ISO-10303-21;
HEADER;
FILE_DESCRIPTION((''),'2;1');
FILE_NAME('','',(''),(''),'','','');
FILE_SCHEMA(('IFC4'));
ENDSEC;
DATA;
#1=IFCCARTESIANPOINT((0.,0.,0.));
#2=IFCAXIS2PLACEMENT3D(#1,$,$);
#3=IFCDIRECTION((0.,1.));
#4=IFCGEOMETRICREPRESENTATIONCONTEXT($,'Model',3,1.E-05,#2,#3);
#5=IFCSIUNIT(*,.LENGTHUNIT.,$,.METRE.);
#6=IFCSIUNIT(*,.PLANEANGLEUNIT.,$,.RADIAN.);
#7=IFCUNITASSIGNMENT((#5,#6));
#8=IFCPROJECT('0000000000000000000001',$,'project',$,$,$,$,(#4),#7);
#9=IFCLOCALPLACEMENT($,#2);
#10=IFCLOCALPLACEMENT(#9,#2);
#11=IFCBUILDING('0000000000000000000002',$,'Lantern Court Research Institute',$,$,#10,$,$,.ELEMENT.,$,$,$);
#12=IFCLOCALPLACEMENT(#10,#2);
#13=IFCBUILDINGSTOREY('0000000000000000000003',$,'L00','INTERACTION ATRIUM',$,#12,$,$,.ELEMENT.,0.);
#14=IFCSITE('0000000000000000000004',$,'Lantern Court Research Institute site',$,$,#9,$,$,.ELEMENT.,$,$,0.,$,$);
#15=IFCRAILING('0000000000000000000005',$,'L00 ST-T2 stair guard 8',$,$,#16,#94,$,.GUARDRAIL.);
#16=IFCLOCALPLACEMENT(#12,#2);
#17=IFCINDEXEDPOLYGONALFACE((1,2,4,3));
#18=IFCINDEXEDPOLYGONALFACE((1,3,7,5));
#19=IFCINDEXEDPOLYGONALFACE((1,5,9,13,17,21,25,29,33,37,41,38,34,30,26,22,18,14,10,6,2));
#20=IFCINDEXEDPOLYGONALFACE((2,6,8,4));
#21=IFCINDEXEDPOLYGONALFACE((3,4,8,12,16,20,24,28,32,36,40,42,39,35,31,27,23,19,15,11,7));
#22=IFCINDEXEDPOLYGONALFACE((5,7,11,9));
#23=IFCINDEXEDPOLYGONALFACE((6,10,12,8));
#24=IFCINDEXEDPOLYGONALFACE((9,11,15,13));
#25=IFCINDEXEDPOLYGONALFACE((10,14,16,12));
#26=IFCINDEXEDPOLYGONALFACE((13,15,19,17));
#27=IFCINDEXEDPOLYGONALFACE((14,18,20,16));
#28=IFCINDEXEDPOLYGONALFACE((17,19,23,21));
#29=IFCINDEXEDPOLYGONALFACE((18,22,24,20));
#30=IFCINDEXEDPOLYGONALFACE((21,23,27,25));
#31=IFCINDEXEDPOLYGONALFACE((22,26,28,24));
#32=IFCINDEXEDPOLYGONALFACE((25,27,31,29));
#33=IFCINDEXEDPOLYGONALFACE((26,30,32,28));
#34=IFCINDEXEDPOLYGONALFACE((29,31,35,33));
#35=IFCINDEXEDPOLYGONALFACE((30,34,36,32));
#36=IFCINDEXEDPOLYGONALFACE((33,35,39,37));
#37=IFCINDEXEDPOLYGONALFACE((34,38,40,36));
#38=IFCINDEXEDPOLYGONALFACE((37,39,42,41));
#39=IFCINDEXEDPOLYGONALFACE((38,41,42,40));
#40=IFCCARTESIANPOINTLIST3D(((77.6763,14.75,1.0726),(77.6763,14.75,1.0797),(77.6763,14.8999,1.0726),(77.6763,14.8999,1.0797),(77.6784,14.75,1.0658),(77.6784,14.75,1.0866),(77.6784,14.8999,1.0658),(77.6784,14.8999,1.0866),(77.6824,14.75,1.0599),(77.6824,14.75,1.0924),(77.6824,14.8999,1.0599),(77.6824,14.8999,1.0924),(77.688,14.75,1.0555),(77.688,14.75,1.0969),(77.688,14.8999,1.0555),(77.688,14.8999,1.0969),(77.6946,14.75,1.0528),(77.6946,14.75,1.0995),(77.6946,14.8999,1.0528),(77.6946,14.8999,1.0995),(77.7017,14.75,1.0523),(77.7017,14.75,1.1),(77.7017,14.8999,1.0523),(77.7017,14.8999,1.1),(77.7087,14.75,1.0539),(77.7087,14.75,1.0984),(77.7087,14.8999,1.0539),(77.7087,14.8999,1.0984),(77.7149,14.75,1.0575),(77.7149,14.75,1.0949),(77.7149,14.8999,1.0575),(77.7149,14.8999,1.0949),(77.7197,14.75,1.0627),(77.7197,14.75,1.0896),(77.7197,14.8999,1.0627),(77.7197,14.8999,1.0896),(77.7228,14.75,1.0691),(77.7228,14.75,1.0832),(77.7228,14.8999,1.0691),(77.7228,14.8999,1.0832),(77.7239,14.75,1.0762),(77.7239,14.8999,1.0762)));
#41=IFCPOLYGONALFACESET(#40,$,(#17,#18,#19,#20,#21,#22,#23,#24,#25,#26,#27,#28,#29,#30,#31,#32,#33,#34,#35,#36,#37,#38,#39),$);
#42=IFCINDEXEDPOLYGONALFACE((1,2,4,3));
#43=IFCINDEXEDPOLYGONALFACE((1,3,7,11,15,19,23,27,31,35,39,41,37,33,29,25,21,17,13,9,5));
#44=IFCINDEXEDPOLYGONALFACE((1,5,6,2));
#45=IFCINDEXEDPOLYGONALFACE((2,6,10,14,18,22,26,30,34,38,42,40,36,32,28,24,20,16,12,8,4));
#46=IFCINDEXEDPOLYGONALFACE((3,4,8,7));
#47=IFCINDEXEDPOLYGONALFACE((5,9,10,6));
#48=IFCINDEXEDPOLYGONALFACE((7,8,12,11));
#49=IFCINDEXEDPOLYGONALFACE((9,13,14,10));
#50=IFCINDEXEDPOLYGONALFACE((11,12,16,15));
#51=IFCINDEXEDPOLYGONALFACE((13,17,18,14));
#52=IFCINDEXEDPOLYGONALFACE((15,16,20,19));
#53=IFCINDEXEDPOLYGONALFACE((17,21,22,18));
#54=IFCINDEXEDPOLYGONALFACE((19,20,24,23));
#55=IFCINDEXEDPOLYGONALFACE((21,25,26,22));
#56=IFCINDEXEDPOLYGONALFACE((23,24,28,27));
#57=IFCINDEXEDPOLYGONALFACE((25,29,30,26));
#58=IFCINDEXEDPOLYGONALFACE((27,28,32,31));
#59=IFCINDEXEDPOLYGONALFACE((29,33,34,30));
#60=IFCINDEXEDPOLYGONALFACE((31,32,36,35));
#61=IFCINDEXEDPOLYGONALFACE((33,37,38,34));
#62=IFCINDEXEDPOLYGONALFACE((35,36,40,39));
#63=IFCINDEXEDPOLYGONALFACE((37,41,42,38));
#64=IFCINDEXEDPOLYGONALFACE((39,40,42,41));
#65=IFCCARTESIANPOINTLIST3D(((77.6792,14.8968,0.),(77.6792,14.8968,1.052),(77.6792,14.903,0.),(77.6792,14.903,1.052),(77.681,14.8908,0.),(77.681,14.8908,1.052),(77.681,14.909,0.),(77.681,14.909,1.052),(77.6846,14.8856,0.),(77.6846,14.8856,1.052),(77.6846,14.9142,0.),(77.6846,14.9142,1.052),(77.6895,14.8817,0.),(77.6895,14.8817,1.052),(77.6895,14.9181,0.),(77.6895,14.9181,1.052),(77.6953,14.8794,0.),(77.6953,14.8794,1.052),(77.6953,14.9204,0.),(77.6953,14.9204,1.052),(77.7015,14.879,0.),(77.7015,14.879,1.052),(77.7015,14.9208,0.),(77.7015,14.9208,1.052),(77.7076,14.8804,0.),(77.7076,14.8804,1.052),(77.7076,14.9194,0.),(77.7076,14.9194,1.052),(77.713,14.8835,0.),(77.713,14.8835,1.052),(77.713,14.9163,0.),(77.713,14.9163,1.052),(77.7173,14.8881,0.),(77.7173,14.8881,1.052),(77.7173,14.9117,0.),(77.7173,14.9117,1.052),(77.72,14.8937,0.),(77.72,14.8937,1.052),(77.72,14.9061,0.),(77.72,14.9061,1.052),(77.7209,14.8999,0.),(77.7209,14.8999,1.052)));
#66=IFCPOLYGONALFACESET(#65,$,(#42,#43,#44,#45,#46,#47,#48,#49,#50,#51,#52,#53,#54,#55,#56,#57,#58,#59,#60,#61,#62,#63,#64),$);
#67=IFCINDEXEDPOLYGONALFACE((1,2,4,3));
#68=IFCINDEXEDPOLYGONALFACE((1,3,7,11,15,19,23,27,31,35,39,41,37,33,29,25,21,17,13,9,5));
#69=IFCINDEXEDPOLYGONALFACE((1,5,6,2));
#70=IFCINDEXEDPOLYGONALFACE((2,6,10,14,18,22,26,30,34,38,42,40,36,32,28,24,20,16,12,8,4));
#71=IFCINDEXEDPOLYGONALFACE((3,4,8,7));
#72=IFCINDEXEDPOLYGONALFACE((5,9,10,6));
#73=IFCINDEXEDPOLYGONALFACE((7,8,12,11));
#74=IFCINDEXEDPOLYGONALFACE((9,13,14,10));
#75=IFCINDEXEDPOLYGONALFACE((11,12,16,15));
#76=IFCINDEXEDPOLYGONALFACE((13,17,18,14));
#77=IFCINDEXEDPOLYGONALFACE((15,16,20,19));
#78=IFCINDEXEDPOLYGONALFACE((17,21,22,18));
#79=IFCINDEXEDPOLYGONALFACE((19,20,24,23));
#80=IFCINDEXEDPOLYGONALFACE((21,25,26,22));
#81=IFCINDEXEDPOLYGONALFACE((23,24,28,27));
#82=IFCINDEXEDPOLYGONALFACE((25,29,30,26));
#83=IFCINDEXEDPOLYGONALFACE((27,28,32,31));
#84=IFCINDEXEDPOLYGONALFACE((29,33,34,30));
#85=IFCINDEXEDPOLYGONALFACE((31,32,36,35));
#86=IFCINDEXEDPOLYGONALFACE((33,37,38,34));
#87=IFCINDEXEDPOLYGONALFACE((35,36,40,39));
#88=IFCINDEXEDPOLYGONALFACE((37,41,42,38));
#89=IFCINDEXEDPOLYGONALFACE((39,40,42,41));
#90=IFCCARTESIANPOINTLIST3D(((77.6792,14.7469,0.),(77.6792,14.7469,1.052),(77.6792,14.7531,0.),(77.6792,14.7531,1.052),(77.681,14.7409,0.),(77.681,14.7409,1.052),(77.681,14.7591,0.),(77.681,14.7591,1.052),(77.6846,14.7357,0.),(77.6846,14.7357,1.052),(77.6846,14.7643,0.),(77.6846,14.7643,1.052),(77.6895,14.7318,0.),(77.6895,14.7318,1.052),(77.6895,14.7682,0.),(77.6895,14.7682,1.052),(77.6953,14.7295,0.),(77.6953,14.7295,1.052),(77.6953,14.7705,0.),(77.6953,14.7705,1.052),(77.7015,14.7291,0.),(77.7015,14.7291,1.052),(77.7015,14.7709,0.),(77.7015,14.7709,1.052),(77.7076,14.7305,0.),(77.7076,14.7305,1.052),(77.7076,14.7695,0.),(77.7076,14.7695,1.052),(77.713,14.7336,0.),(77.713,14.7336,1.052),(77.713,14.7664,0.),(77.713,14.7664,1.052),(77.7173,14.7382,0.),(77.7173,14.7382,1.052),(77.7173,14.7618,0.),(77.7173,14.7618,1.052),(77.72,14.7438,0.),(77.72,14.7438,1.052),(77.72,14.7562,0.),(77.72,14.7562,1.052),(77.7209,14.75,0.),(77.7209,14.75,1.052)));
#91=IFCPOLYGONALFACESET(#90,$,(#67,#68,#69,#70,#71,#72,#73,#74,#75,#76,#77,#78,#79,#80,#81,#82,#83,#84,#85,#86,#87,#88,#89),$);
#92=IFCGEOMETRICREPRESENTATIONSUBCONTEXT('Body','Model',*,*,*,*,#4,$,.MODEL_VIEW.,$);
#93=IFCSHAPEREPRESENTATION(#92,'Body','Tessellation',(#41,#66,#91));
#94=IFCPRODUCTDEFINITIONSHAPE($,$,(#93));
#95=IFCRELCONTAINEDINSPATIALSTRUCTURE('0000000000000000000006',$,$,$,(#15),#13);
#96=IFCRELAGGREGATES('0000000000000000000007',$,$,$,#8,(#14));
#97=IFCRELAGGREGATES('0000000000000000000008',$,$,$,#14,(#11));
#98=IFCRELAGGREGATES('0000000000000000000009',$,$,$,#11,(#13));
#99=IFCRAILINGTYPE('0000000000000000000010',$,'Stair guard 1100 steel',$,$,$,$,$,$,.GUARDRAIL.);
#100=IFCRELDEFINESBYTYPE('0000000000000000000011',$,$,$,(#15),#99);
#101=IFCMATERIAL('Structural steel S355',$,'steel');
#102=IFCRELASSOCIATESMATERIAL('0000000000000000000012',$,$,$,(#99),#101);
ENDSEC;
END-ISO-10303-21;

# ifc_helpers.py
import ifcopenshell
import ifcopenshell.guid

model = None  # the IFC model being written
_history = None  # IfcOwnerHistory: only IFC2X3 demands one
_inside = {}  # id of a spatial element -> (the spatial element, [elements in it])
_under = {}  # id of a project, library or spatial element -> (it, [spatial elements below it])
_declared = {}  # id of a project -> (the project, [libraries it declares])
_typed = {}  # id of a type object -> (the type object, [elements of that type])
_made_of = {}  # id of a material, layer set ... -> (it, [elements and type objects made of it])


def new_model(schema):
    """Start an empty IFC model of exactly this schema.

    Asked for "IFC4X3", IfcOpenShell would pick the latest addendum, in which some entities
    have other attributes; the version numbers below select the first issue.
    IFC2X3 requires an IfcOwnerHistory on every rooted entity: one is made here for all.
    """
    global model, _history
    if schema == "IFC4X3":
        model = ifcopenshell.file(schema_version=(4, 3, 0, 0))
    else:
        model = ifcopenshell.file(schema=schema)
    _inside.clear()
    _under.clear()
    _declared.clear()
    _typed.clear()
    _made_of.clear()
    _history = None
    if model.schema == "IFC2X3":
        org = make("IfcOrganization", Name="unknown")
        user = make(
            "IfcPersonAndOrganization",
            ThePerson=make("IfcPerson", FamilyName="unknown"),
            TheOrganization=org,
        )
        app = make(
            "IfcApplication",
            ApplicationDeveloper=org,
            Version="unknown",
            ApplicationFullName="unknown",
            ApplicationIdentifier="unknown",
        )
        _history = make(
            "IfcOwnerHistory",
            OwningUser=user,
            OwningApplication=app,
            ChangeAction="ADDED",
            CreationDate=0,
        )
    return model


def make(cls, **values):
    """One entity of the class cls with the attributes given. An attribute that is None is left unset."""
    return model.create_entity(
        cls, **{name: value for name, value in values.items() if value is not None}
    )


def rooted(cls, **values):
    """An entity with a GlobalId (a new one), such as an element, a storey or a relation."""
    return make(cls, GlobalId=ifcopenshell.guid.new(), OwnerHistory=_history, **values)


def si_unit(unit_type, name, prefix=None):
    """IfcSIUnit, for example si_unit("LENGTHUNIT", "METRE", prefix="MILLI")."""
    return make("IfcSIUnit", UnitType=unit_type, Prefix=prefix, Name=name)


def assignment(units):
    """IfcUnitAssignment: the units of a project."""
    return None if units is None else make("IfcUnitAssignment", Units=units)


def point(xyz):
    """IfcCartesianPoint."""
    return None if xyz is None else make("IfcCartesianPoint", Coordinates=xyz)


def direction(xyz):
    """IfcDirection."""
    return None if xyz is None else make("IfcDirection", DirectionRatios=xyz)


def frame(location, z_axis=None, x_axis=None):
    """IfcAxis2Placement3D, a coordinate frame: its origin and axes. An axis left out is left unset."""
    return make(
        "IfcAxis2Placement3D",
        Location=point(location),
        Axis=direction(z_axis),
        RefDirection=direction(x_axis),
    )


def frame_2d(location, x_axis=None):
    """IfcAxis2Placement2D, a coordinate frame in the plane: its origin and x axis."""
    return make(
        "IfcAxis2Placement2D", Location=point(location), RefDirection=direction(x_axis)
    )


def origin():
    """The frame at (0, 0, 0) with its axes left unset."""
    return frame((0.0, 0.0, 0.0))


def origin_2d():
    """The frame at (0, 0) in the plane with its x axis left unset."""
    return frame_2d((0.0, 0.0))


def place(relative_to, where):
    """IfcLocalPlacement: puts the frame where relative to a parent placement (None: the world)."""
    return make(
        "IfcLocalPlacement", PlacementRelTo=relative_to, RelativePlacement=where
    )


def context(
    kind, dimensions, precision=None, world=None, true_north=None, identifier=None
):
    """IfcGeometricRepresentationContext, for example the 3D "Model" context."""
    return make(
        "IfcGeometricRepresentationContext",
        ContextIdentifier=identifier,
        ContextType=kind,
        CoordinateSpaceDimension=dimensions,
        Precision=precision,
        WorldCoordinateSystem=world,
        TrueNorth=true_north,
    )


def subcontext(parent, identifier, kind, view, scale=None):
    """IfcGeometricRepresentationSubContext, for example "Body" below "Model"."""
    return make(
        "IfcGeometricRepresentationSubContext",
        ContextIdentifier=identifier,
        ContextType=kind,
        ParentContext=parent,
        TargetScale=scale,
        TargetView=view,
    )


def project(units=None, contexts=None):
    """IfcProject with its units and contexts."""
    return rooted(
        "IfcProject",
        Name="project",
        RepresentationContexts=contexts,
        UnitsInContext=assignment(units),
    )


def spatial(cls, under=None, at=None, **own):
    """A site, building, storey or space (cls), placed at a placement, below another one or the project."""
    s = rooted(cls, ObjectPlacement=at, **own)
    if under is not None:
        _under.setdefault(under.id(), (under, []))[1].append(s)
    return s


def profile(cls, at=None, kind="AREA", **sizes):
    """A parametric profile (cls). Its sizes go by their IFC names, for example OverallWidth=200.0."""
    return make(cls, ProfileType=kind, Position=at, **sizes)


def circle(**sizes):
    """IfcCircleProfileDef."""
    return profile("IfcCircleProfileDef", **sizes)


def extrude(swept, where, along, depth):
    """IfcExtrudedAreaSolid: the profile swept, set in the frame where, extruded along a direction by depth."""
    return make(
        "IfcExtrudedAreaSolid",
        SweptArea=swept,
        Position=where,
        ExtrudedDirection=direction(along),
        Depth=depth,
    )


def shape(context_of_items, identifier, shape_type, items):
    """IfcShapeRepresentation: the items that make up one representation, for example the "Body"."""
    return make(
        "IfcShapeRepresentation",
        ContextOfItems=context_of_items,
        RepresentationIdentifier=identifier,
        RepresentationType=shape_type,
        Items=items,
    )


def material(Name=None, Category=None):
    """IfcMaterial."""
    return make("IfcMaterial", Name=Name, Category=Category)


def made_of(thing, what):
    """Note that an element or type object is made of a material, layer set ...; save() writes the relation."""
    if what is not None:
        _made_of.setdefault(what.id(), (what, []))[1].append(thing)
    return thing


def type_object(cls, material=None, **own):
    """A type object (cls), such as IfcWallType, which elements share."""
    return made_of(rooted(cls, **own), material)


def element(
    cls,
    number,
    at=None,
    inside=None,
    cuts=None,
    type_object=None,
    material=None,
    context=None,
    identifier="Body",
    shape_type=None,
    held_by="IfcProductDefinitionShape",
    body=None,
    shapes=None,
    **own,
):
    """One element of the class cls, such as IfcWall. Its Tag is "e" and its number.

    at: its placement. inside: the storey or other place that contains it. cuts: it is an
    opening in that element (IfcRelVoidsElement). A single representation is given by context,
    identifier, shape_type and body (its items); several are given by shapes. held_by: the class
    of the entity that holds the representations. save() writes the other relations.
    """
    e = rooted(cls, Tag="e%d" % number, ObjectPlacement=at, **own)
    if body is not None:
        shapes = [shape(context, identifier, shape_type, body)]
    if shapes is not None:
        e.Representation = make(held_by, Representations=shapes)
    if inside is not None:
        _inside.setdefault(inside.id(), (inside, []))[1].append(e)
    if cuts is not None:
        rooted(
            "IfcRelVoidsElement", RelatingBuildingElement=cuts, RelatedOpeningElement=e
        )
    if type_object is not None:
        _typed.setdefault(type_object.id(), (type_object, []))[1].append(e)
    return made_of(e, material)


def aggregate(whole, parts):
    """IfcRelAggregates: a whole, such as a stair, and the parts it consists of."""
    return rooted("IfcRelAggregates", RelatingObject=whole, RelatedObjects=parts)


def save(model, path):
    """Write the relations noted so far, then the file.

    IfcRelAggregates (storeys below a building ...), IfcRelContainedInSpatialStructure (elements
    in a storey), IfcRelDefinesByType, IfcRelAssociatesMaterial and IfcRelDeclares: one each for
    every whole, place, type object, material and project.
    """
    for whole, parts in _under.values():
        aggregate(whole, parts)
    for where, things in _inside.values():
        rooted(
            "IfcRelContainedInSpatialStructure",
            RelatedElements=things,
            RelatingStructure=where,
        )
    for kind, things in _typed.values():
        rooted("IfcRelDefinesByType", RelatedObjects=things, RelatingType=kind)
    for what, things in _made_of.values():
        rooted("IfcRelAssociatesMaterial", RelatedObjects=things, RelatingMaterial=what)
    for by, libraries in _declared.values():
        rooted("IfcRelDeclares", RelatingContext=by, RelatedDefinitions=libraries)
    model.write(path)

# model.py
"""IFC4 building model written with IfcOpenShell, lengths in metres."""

from ifc_helpers import new_model, si_unit, direction, frame, origin, origin_2d, place, context, subcontext, project, spatial, circle, extrude, material, type_object, element, save


model = new_model("IFC4")

# Units and contexts
model_context = context("Model", 3, precision=1e-05, world=origin(), true_north=direction((0.0, 1.0)))
body_context = subcontext(model_context, "Body", "Model", "MODEL_VIEW")
ifc_project = project(units=[si_unit("LENGTHUNIT", "METRE"), si_unit("PLANEANGLEUNIT", "RADIAN")], contexts=[model_context])

# Site, building, storey
site_placement = place(None, origin())
site = spatial("IfcSite", under=ifc_project, at=site_placement, Name="Lantern Court Research Institute site", CompositionType="ELEMENT", RefElevation=0.0)
building_placement = place(site_placement, origin())
building = spatial("IfcBuilding", under=site, at=building_placement, Name="Lantern Court Research Institute", CompositionType="ELEMENT")
storey_placement = place(building_placement, origin())
storey = spatial("IfcBuildingStorey", under=building, at=storey_placement, Name="L00", Description="INTERACTION ATRIUM", CompositionType="ELEMENT", Elevation=0.0)

# Railing
ifc_material_1 = material(Name="Structural steel S355", Category="steel")
railing_type_1 = type_object("IfcRailingType", Name="Stair guard 1100 steel", PredefinedType="GUARDRAIL", material=ifc_material_1)
railing_1_placement = place(storey_placement, frame((77.7, 14.8999, 0.0)))
element("IfcRailing", 1, at=railing_1_placement, inside=storey, type_object=railing_type_1, Name="L00 ST-T2 stair guard 8", PredefinedType="GUARDRAIL", context=body_context, shape_type="SweptSolid", body=[
    extrude(circle(Radius=0.0239, at=origin_2d()), frame((0.0, 0.0, 1.0762), z_axis=(0.0, -1.0, 0.0), x_axis=(1.0, 0.0, 0.0)), (0.0, 0.0, 1.0), 0.1499),
    extrude(circle(Radius=0.021, at=origin_2d()), origin(), (0.0, 0.0, 1.0), 1.052),
    extrude(circle(Radius=0.021, at=origin_2d()), frame((0.0, -0.1499, 0.0)), (0.0, 0.0, 1.0), 1.052),
])

save(model, "model.ifc")
